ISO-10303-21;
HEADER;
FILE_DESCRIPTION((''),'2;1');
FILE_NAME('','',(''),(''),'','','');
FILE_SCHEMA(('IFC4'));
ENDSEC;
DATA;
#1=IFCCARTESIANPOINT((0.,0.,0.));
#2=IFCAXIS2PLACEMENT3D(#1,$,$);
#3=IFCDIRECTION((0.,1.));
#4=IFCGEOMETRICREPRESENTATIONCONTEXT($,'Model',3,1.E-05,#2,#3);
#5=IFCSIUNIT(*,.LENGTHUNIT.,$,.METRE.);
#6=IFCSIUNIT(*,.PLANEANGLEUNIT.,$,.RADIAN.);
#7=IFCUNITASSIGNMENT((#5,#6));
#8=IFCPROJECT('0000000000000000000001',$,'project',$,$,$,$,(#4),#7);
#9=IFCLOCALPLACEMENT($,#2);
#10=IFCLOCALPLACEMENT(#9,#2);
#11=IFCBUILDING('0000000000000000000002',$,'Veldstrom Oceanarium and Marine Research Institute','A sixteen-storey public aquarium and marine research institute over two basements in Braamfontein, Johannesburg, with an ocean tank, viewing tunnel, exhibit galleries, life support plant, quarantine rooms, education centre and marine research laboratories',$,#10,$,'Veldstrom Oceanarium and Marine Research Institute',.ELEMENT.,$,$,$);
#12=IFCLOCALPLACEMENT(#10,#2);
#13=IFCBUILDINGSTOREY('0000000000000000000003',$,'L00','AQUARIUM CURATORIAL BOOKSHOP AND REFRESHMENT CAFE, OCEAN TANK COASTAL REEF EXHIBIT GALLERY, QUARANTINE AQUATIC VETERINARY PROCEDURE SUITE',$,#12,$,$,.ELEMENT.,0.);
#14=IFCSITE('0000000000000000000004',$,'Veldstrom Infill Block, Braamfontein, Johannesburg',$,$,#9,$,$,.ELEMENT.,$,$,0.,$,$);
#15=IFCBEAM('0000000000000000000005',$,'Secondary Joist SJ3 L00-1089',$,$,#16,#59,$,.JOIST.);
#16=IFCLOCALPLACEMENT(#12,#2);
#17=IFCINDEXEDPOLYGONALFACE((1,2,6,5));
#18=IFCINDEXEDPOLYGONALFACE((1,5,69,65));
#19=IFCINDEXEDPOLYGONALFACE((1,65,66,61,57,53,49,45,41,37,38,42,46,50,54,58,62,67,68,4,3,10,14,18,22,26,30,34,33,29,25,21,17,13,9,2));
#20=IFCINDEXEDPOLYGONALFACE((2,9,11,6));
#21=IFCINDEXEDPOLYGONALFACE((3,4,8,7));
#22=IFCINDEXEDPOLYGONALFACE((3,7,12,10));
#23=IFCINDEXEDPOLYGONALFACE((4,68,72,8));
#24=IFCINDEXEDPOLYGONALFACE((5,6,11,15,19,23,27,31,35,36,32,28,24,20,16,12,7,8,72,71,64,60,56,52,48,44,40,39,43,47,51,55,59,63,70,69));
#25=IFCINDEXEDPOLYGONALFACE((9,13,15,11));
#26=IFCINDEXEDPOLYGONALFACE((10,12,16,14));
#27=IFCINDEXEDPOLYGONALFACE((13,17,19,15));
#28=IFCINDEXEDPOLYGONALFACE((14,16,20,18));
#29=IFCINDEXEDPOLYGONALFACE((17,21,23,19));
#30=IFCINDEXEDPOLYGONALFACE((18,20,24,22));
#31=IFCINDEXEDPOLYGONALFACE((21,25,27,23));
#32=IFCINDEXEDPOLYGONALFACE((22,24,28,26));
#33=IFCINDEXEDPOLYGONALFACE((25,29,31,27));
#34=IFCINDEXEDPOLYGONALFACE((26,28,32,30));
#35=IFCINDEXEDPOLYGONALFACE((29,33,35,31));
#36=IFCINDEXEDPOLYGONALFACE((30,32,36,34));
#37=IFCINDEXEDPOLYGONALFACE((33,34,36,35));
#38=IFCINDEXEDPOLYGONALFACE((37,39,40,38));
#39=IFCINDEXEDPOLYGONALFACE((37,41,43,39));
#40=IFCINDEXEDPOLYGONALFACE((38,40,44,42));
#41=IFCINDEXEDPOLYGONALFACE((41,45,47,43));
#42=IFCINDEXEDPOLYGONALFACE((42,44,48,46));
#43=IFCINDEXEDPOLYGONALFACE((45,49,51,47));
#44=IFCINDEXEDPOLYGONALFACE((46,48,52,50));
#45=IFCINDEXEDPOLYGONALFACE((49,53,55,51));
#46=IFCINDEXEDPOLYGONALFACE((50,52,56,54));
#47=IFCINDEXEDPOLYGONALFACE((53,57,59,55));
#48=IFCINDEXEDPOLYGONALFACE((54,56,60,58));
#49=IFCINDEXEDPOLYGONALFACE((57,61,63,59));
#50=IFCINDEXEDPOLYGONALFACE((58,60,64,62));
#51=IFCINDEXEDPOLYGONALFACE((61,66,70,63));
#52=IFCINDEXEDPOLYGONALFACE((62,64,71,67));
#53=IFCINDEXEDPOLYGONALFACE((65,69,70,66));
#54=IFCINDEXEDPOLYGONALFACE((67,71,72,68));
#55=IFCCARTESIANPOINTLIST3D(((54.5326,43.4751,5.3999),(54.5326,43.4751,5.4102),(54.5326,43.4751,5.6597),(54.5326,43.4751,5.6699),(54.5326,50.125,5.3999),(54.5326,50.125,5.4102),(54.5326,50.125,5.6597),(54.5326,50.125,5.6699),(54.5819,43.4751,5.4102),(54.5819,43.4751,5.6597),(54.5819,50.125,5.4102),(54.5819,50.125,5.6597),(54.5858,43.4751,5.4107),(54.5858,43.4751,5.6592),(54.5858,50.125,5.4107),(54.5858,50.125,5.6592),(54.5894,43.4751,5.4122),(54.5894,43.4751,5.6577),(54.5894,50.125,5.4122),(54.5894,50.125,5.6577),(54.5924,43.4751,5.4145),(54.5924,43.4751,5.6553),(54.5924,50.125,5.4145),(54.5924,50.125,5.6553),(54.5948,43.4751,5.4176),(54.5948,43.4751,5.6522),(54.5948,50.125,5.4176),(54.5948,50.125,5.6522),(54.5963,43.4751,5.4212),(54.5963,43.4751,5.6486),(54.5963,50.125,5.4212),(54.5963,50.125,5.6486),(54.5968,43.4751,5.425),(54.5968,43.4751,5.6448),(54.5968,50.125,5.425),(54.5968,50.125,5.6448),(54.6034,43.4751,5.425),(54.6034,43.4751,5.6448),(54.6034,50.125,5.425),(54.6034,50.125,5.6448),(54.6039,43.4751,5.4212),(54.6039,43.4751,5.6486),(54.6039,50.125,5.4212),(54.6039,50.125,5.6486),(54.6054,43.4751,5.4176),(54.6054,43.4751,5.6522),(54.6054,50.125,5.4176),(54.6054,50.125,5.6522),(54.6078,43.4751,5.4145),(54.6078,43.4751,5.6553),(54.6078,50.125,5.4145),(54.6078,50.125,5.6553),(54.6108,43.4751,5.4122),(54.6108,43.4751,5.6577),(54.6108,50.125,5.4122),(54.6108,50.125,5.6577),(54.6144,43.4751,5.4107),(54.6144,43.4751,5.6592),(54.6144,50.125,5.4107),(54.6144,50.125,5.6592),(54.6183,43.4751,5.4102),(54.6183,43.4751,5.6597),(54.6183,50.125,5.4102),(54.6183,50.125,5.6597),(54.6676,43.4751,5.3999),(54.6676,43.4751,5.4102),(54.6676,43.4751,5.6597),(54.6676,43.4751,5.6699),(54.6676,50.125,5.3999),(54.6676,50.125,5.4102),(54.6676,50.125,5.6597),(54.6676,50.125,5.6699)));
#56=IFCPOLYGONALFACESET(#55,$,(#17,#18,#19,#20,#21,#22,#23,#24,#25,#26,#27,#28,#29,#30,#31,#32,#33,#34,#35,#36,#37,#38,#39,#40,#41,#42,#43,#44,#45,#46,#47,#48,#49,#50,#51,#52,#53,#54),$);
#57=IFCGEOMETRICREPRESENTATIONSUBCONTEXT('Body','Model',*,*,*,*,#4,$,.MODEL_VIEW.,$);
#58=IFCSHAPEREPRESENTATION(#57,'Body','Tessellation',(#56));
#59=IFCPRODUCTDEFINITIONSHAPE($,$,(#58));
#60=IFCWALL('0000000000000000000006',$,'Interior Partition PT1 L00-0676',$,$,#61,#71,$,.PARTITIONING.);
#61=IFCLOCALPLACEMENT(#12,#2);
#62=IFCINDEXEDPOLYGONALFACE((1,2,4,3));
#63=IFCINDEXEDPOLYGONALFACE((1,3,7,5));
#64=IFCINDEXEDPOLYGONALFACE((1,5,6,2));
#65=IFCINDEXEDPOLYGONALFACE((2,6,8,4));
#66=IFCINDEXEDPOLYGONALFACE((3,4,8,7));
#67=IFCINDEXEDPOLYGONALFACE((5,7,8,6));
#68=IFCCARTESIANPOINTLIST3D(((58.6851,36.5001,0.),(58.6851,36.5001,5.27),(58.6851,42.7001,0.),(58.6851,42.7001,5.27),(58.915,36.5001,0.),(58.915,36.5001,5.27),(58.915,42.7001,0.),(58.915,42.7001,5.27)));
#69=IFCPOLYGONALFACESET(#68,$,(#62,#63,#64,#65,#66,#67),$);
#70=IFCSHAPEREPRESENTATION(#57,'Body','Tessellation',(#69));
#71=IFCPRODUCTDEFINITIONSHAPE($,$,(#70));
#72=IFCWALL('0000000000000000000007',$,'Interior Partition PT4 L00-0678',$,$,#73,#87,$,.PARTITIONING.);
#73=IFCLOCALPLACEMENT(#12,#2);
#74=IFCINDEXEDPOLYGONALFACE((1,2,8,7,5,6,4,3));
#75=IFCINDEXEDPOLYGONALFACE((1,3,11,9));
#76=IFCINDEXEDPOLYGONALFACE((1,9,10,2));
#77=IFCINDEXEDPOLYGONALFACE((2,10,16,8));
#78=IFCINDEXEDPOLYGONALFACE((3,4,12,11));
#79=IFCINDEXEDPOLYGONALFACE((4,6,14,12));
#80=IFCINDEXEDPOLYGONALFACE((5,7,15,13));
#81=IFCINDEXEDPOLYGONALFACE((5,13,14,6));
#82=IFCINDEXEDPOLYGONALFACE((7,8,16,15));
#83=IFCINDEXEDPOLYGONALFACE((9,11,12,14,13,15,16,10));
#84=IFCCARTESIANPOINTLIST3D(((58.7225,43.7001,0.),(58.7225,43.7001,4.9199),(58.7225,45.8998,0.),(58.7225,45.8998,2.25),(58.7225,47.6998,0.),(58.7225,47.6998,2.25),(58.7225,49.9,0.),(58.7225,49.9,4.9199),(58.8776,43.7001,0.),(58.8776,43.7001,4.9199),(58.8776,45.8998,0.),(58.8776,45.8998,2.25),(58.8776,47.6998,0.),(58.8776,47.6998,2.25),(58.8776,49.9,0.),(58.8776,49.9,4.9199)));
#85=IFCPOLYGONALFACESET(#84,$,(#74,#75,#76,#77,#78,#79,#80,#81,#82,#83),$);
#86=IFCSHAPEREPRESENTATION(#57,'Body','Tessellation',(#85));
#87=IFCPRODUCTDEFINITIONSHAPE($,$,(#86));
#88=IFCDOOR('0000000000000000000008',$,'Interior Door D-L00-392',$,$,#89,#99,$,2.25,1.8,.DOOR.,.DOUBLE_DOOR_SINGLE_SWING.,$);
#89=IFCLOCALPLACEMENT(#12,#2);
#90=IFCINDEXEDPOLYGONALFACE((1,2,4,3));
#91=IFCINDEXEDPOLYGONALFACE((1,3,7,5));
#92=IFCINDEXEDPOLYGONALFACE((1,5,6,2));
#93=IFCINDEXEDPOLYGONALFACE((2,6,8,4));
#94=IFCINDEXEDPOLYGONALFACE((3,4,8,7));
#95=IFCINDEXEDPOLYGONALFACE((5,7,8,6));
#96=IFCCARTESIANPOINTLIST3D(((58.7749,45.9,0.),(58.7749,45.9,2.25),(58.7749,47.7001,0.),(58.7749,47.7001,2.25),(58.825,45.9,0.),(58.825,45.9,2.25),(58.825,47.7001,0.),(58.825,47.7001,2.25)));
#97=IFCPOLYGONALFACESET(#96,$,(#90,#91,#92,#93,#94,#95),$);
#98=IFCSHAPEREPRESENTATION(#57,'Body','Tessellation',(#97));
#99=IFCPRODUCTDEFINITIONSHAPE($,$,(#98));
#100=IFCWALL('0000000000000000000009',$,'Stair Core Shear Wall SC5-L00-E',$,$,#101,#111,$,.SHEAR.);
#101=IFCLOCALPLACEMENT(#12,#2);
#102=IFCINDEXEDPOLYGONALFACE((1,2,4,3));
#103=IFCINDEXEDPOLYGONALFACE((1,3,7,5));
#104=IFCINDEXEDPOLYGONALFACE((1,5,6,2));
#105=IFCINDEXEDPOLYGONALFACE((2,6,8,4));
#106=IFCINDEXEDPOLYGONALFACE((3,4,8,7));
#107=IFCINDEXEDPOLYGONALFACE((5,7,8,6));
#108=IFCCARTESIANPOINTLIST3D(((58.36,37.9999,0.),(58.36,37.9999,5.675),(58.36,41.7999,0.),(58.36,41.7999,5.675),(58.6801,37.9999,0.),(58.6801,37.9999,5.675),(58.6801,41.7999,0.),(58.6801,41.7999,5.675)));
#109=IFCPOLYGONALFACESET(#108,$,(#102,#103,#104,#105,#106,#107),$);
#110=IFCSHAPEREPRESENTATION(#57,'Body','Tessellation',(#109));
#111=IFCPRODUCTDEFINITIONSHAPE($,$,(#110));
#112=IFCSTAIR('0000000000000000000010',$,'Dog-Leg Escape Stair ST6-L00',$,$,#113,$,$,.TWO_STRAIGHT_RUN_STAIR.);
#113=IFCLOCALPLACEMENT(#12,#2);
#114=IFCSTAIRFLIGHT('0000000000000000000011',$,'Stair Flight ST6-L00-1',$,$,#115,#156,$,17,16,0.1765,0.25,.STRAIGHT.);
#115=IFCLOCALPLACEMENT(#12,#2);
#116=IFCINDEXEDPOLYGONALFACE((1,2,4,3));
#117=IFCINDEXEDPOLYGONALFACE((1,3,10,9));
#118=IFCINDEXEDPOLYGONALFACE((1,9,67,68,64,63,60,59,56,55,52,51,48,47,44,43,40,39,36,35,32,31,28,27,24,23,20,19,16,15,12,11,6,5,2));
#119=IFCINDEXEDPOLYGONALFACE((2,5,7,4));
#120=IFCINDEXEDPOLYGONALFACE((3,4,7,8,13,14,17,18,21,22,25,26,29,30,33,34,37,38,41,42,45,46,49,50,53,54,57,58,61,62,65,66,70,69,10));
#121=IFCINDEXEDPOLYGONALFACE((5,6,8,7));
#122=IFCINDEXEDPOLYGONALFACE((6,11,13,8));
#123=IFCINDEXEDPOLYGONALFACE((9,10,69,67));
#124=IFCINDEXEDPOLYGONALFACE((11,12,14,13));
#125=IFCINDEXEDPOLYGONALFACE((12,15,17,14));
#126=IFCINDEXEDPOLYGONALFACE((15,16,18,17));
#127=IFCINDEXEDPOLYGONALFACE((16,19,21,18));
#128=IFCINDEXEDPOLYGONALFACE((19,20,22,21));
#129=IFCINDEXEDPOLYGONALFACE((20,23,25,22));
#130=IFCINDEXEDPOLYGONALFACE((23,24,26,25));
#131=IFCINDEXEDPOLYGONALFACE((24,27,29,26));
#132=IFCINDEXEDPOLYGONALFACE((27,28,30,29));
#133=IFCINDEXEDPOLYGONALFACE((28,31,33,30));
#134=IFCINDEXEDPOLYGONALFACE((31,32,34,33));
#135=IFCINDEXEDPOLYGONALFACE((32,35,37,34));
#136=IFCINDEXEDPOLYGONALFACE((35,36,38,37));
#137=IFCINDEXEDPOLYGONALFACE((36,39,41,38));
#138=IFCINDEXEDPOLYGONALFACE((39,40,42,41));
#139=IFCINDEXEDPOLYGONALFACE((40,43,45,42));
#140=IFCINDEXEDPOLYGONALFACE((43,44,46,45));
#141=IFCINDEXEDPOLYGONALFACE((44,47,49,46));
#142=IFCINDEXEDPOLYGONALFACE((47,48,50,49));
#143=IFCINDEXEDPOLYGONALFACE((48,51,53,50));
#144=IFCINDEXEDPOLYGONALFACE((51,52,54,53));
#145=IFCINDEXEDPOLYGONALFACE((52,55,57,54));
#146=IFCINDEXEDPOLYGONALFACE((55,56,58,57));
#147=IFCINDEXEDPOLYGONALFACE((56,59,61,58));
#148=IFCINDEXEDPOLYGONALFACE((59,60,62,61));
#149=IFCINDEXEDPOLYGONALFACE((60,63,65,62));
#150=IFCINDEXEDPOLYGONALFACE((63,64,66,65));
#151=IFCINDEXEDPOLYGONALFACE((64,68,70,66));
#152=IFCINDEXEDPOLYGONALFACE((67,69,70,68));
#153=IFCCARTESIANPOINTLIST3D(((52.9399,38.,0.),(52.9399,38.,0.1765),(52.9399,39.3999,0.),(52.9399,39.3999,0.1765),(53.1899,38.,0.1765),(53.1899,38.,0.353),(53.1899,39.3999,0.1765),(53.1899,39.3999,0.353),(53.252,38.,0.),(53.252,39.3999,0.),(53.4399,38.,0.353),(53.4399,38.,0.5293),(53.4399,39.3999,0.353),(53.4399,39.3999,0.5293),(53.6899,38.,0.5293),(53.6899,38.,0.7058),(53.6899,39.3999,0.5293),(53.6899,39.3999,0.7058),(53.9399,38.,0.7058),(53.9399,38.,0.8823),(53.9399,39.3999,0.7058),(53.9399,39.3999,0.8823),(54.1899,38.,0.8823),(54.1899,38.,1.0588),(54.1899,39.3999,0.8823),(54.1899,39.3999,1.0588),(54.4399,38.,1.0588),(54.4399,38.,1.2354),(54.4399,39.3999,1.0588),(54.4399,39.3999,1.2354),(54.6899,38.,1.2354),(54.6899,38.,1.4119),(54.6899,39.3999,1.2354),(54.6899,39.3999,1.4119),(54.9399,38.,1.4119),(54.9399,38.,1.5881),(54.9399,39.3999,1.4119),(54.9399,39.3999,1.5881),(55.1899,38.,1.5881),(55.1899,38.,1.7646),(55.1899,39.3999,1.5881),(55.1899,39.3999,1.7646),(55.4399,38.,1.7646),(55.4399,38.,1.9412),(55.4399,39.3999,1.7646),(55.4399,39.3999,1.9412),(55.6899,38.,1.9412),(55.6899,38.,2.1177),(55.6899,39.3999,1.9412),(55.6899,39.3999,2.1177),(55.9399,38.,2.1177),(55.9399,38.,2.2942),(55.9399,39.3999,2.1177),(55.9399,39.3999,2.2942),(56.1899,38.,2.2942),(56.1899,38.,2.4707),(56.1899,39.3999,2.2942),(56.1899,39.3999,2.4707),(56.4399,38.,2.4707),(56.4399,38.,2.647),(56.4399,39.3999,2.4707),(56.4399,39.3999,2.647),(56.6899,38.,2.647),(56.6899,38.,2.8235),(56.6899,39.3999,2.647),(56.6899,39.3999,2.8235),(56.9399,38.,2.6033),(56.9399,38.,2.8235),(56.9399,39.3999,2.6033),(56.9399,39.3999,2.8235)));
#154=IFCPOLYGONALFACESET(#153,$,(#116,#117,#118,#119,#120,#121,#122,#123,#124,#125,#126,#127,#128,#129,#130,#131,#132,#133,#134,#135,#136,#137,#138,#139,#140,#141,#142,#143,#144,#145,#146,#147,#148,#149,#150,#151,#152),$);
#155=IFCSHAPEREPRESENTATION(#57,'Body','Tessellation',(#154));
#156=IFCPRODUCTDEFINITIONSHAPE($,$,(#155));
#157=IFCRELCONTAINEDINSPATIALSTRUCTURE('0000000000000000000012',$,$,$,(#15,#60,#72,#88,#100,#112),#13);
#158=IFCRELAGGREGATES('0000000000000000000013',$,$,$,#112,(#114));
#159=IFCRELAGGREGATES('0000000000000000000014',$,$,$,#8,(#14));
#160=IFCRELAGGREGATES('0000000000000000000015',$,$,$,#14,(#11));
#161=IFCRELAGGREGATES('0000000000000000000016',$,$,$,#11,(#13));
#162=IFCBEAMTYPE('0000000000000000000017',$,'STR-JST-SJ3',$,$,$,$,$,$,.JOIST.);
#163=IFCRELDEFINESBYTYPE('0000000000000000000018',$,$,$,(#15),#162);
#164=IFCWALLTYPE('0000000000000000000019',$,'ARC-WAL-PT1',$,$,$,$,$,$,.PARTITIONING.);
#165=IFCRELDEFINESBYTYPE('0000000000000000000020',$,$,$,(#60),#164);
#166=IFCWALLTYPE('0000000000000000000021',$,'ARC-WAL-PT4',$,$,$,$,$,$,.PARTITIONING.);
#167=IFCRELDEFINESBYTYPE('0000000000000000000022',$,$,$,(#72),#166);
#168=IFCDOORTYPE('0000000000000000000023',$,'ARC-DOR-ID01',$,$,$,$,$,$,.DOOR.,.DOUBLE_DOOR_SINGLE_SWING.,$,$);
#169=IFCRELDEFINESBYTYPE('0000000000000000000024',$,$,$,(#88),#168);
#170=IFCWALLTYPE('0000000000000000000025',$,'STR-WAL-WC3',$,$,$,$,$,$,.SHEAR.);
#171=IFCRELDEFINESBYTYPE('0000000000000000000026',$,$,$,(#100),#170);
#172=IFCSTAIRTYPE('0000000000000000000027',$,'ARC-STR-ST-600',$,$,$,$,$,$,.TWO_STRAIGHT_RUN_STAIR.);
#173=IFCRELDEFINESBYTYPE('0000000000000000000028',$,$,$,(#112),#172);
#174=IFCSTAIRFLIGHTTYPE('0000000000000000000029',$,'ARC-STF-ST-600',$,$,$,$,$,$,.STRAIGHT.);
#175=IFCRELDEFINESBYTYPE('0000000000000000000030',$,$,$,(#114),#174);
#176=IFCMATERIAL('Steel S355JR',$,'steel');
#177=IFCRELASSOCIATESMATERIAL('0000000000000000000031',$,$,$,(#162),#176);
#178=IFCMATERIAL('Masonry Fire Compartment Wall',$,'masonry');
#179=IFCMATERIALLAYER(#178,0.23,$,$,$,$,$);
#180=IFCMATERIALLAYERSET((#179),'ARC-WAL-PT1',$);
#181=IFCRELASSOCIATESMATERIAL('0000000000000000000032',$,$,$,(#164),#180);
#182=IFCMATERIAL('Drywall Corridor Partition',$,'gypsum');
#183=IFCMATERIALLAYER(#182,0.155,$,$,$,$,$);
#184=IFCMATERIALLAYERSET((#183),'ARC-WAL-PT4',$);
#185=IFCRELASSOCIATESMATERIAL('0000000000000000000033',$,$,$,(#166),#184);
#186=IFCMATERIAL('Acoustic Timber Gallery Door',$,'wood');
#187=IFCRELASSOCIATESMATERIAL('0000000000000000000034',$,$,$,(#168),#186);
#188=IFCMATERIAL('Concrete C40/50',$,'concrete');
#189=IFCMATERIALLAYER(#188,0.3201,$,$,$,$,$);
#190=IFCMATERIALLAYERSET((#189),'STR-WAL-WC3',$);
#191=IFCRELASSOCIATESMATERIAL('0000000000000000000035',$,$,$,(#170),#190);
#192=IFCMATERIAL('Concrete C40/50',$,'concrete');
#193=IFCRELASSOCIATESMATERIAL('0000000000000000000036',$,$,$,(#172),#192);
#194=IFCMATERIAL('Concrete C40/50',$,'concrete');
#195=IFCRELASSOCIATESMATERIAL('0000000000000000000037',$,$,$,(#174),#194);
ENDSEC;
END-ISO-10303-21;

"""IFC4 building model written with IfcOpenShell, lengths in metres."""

from ifc_helpers import new_model, si_unit, direction, frame, frame_2d, origin, origin_2d, place, context, subcontext, project, spatial, polyline, rectangle, i_section, outline, extrude, material, layer, layer_set, material_profile, profile_set, type_object, element, fill, aggregate, save


model = new_model("IFC4")

# Units and contexts
model_context = context("Model", 3, precision=1e-05, world=origin(), true_north=direction((0.0, 1.0)))
body_context = subcontext(model_context, "Body", "Model", "MODEL_VIEW")
ifc_project = project(units=[si_unit("LENGTHUNIT", "METRE"), si_unit("PLANEANGLEUNIT", "RADIAN")], contexts=[model_context])

# Site, building, storey
site_placement = place(None, origin())
site = spatial("IfcSite", under=ifc_project, at=site_placement, Name="Veldstrom Infill Block, Braamfontein, Johannesburg", CompositionType="ELEMENT", RefElevation=0.0)
building_placement = place(site_placement, origin())
building = spatial("IfcBuilding", under=site, at=building_placement, Name="Veldstrom Oceanarium and Marine Research Institute", Description="A sixteen-storey public aquarium and marine research institute over two basements in Braamfontein, Johannesburg, with an ocean tank, viewing tunnel, exhibit galleries, life support plant, quarantine rooms, education centre and marine research laboratories", LongName="Veldstrom Oceanarium and Marine Research Institute", CompositionType="ELEMENT")
storey_placement = place(building_placement, origin())
storey = spatial("IfcBuildingStorey", under=building, at=storey_placement, Name="L00", Description="AQUARIUM CURATORIAL BOOKSHOP AND REFRESHMENT CAFE, OCEAN TANK COASTAL REEF EXHIBIT GALLERY, QUARANTINE AQUATIC VETERINARY PROCEDURE SUITE", CompositionType="ELEMENT", Elevation=0.0)

# Beam
ifc_material_1 = material(Name="Steel S355JR", Category="steel")
ifc_material_profile_1 = material_profile(ifc_material_1, i_section(OverallWidth=0.135, OverallDepth=0.27, WebThickness=0.0066, FlangeThickness=0.0103, FilletRadius=0.0149, at=origin_2d()), Name="IPE 270")
ifc_profile_set_1 = profile_set([ifc_material_profile_1], Name="Steel S355JR")
beam_type_1 = type_object("IfcBeamType", Name="STR-JST-SJ3", PredefinedType="JOIST", material=ifc_profile_set_1)
beam_1_placement = place(storey_placement, frame((54.6001, 43.4751, 5.5349), z_axis=(0.0, 1.0, 0.0), x_axis=(-1.0, 0.0, 0.0)))
element("IfcBeam", 1, at=beam_1_placement, inside=storey, type_object=beam_type_1, Name="Secondary Joist SJ3 L00-1089", PredefinedType="JOIST", context=body_context, shape_type="SweptSolid", body=[
    extrude(i_section(OverallWidth=0.135, OverallDepth=0.27, WebThickness=0.0066, FlangeThickness=0.0103, FilletRadius=0.0149, at=origin_2d()), origin(), (0.0, 0.0, 1.0), 6.6499),
])

# Wall
ifc_material_2 = material(Name="Masonry Fire Compartment Wall", Category="masonry")
ifc_layer_1 = layer(ifc_material_2, 0.23)
ifc_layer_set_1 = layer_set([ifc_layer_1], Name="ARC-WAL-PT1")
wall_type_1 = type_object("IfcWallType", Name="ARC-WAL-PT1", PredefinedType="PARTITIONING", material=ifc_layer_set_1)
wall_1_placement = place(storey_placement, frame((58.8, 36.5, 0.0), z_axis=(0.0, 0.0, 1.0), x_axis=(0.0, 1.0, 0.0)))
element("IfcWall", 2, at=wall_1_placement, inside=storey, type_object=wall_type_1, Name="Interior Partition PT1 L00-0676", PredefinedType="PARTITIONING", context=body_context, shape_type="SweptSolid", body=[
    extrude(rectangle(XDim=6.2, YDim=0.23, at=frame_2d((3.1001, 0.0))), origin(), (0.0, 0.0, 1.0), 5.27),
])

# Wall, opening, door
ifc_material_3 = material(Name="Drywall Corridor Partition", Category="gypsum")
ifc_layer_2 = layer(ifc_material_3, 0.155)
ifc_layer_set_2 = layer_set([ifc_layer_2], Name="ARC-WAL-PT4")
wall_type_2 = type_object("IfcWallType", Name="ARC-WAL-PT4", PredefinedType="PARTITIONING", material=ifc_layer_set_2)
wall_2_placement = place(storey_placement, frame((58.8, 43.7, 0.0), z_axis=(0.0, 0.0, 1.0), x_axis=(0.0, 1.0, 0.0)))
wall_2 = element("IfcWall", 3, at=wall_2_placement, inside=storey, type_object=wall_type_2, Name="Interior Partition PT4 L00-0678", PredefinedType="PARTITIONING", context=body_context, shape_type="SweptSolid", body=[
    extrude(rectangle(XDim=6.2, YDim=0.155, at=frame_2d((3.1001, 0.0))), origin(), (0.0, 0.0, 1.0), 4.9199),
])
opening_placement = place(wall_2_placement, frame((2.2, 0.0, 0.0)))
opening = element("IfcOpeningElement", 4, at=opening_placement, cuts=wall_2, PredefinedType="OPENING", context=body_context, shape_type="SweptSolid", body=[
    extrude(rectangle(XDim=1.8, YDim=2.25, at=frame_2d((0.8999, 1.125))), frame((0.0, 0.0874, 0.0), z_axis=(0.0, -1.0, 0.0), x_axis=(1.0, 0.0, 0.0)), (0.0, 0.0, 1.0), 0.175),
])
ifc_material_4 = material(Name="Acoustic Timber Gallery Door", Category="wood")
door_type = type_object("IfcDoorType", Name="ARC-DOR-ID01", OperationType="DOUBLE_DOOR_SINGLE_SWING", PredefinedType="DOOR", material=ifc_material_4)
door_placement = place(opening_placement, frame((1.8, 0.0, 0.0), z_axis=(0.0, 0.0, 1.0), x_axis=(-1.0, 0.0, 0.0)))
door = element("IfcDoor", 5, at=door_placement, inside=storey, type_object=door_type, Name="Interior Door D-L00-392", OperationType="DOUBLE_DOOR_SINGLE_SWING", OverallHeight=2.25, OverallWidth=1.8, PredefinedType="DOOR", context=body_context, shape_type="SweptSolid", body=[
    extrude(rectangle(XDim=1.8, YDim=2.25, at=frame_2d((0.8999, 1.125))), frame((0.0, 0.0249, 0.0), z_axis=(0.0, -1.0, 0.0), x_axis=(1.0, 0.0, 0.0)), (0.0, 0.0, 1.0), 0.05),
])
fill(opening, door)

# Wall
ifc_material_5 = material(Name="Concrete C40/50", Category="concrete")
ifc_layer_3 = layer(ifc_material_5, 0.3201)
ifc_layer_set_3 = layer_set([ifc_layer_3], Name="STR-WAL-WC3")
wall_type_3 = type_object("IfcWallType", Name="STR-WAL-WC3", PredefinedType="SHEAR", material=ifc_layer_set_3)
wall_3_placement = place(storey_placement, frame((58.52, 38.0, 0.0), z_axis=(0.0, 0.0, 1.0), x_axis=(0.0, 1.0, 0.0)))
element("IfcWall", 6, at=wall_3_placement, inside=storey, type_object=wall_type_3, Name="Stair Core Shear Wall SC5-L00-E", PredefinedType="SHEAR", context=body_context, shape_type="SweptSolid", body=[
    extrude(rectangle(XDim=3.8, YDim=0.3201, at=frame_2d((1.8999, 0.0))), origin(), (0.0, 0.0, 1.0), 5.675),
])

# Stair, stair flight
ifc_material_6 = material(Name="Concrete C40/50", Category="concrete")
stair_type = type_object("IfcStairType", Name="ARC-STR-ST-600", PredefinedType="TWO_STRAIGHT_RUN_STAIR", material=ifc_material_6)
stair_placement = place(storey_placement, origin())
stair = element("IfcStair", 7, at=stair_placement, inside=storey, type_object=stair_type, Name="Dog-Leg Escape Stair ST6-L00", PredefinedType="TWO_STRAIGHT_RUN_STAIR")
ifc_material_7 = material(Name="Concrete C40/50", Category="concrete")
stair_flight_type = type_object("IfcStairFlightType", Name="ARC-STF-ST-600", PredefinedType="STRAIGHT", material=ifc_material_7)
stair_flight_1_placement = place(storey_placement, frame((52.9399, 38.7, 0.0), z_axis=(0.0, 0.0, 1.0), x_axis=(1.0, 0.0, 0.0)))
stair_flight_1 = element("IfcStairFlight", 8, at=stair_flight_1_placement, type_object=stair_flight_type, Name="Stair Flight ST6-L00-1", NumberOfRisers=17, NumberOfTreads=16, PredefinedType="STRAIGHT", RiserHeight=0.1765, TreadLength=0.25, context=body_context, shape_type="SweptSolid", body=[
    extrude(outline(polyline([(0.0, 0.0), (0.0, 0.1765), (0.25, 0.1765), (0.25, 0.353), (0.5, 0.353), (0.5, 0.5293), (0.75, 0.5293), (0.75, 0.7058), (1.0, 0.7058), (1.0, 0.8823), (1.25, 0.8823), (1.25, 1.0588), (1.5, 1.0588), (1.5, 1.2354), (1.75, 1.2354), (1.75, 1.4119), (2.0, 1.4119), (2.0, 1.5881), (2.25, 1.5881), (2.25, 1.7646), (2.5, 1.7646), (2.5, 1.9412), (2.75, 1.9412), (2.75, 2.1177), (3.0, 2.1177), (3.0, 2.2942), (3.25, 2.2942), (3.25, 2.4707), (3.5, 2.4707), (3.5, 2.647), (3.75, 2.647), (3.75, 2.8235), (4.0, 2.8235), (4.0, 3.0), (4.0, 2.6033), (0.312, 0.0), (0.0, 0.0)])), frame((0.0, 0.7, 0.0), z_axis=(0.0, -1.0, 0.0), x_axis=(1.0, 0.0, 0.0)), (0.0, 0.0, 1.0), 1.3999),
])
aggregate(stair, [stair_flight_1])

save(model, "model.ifc")
